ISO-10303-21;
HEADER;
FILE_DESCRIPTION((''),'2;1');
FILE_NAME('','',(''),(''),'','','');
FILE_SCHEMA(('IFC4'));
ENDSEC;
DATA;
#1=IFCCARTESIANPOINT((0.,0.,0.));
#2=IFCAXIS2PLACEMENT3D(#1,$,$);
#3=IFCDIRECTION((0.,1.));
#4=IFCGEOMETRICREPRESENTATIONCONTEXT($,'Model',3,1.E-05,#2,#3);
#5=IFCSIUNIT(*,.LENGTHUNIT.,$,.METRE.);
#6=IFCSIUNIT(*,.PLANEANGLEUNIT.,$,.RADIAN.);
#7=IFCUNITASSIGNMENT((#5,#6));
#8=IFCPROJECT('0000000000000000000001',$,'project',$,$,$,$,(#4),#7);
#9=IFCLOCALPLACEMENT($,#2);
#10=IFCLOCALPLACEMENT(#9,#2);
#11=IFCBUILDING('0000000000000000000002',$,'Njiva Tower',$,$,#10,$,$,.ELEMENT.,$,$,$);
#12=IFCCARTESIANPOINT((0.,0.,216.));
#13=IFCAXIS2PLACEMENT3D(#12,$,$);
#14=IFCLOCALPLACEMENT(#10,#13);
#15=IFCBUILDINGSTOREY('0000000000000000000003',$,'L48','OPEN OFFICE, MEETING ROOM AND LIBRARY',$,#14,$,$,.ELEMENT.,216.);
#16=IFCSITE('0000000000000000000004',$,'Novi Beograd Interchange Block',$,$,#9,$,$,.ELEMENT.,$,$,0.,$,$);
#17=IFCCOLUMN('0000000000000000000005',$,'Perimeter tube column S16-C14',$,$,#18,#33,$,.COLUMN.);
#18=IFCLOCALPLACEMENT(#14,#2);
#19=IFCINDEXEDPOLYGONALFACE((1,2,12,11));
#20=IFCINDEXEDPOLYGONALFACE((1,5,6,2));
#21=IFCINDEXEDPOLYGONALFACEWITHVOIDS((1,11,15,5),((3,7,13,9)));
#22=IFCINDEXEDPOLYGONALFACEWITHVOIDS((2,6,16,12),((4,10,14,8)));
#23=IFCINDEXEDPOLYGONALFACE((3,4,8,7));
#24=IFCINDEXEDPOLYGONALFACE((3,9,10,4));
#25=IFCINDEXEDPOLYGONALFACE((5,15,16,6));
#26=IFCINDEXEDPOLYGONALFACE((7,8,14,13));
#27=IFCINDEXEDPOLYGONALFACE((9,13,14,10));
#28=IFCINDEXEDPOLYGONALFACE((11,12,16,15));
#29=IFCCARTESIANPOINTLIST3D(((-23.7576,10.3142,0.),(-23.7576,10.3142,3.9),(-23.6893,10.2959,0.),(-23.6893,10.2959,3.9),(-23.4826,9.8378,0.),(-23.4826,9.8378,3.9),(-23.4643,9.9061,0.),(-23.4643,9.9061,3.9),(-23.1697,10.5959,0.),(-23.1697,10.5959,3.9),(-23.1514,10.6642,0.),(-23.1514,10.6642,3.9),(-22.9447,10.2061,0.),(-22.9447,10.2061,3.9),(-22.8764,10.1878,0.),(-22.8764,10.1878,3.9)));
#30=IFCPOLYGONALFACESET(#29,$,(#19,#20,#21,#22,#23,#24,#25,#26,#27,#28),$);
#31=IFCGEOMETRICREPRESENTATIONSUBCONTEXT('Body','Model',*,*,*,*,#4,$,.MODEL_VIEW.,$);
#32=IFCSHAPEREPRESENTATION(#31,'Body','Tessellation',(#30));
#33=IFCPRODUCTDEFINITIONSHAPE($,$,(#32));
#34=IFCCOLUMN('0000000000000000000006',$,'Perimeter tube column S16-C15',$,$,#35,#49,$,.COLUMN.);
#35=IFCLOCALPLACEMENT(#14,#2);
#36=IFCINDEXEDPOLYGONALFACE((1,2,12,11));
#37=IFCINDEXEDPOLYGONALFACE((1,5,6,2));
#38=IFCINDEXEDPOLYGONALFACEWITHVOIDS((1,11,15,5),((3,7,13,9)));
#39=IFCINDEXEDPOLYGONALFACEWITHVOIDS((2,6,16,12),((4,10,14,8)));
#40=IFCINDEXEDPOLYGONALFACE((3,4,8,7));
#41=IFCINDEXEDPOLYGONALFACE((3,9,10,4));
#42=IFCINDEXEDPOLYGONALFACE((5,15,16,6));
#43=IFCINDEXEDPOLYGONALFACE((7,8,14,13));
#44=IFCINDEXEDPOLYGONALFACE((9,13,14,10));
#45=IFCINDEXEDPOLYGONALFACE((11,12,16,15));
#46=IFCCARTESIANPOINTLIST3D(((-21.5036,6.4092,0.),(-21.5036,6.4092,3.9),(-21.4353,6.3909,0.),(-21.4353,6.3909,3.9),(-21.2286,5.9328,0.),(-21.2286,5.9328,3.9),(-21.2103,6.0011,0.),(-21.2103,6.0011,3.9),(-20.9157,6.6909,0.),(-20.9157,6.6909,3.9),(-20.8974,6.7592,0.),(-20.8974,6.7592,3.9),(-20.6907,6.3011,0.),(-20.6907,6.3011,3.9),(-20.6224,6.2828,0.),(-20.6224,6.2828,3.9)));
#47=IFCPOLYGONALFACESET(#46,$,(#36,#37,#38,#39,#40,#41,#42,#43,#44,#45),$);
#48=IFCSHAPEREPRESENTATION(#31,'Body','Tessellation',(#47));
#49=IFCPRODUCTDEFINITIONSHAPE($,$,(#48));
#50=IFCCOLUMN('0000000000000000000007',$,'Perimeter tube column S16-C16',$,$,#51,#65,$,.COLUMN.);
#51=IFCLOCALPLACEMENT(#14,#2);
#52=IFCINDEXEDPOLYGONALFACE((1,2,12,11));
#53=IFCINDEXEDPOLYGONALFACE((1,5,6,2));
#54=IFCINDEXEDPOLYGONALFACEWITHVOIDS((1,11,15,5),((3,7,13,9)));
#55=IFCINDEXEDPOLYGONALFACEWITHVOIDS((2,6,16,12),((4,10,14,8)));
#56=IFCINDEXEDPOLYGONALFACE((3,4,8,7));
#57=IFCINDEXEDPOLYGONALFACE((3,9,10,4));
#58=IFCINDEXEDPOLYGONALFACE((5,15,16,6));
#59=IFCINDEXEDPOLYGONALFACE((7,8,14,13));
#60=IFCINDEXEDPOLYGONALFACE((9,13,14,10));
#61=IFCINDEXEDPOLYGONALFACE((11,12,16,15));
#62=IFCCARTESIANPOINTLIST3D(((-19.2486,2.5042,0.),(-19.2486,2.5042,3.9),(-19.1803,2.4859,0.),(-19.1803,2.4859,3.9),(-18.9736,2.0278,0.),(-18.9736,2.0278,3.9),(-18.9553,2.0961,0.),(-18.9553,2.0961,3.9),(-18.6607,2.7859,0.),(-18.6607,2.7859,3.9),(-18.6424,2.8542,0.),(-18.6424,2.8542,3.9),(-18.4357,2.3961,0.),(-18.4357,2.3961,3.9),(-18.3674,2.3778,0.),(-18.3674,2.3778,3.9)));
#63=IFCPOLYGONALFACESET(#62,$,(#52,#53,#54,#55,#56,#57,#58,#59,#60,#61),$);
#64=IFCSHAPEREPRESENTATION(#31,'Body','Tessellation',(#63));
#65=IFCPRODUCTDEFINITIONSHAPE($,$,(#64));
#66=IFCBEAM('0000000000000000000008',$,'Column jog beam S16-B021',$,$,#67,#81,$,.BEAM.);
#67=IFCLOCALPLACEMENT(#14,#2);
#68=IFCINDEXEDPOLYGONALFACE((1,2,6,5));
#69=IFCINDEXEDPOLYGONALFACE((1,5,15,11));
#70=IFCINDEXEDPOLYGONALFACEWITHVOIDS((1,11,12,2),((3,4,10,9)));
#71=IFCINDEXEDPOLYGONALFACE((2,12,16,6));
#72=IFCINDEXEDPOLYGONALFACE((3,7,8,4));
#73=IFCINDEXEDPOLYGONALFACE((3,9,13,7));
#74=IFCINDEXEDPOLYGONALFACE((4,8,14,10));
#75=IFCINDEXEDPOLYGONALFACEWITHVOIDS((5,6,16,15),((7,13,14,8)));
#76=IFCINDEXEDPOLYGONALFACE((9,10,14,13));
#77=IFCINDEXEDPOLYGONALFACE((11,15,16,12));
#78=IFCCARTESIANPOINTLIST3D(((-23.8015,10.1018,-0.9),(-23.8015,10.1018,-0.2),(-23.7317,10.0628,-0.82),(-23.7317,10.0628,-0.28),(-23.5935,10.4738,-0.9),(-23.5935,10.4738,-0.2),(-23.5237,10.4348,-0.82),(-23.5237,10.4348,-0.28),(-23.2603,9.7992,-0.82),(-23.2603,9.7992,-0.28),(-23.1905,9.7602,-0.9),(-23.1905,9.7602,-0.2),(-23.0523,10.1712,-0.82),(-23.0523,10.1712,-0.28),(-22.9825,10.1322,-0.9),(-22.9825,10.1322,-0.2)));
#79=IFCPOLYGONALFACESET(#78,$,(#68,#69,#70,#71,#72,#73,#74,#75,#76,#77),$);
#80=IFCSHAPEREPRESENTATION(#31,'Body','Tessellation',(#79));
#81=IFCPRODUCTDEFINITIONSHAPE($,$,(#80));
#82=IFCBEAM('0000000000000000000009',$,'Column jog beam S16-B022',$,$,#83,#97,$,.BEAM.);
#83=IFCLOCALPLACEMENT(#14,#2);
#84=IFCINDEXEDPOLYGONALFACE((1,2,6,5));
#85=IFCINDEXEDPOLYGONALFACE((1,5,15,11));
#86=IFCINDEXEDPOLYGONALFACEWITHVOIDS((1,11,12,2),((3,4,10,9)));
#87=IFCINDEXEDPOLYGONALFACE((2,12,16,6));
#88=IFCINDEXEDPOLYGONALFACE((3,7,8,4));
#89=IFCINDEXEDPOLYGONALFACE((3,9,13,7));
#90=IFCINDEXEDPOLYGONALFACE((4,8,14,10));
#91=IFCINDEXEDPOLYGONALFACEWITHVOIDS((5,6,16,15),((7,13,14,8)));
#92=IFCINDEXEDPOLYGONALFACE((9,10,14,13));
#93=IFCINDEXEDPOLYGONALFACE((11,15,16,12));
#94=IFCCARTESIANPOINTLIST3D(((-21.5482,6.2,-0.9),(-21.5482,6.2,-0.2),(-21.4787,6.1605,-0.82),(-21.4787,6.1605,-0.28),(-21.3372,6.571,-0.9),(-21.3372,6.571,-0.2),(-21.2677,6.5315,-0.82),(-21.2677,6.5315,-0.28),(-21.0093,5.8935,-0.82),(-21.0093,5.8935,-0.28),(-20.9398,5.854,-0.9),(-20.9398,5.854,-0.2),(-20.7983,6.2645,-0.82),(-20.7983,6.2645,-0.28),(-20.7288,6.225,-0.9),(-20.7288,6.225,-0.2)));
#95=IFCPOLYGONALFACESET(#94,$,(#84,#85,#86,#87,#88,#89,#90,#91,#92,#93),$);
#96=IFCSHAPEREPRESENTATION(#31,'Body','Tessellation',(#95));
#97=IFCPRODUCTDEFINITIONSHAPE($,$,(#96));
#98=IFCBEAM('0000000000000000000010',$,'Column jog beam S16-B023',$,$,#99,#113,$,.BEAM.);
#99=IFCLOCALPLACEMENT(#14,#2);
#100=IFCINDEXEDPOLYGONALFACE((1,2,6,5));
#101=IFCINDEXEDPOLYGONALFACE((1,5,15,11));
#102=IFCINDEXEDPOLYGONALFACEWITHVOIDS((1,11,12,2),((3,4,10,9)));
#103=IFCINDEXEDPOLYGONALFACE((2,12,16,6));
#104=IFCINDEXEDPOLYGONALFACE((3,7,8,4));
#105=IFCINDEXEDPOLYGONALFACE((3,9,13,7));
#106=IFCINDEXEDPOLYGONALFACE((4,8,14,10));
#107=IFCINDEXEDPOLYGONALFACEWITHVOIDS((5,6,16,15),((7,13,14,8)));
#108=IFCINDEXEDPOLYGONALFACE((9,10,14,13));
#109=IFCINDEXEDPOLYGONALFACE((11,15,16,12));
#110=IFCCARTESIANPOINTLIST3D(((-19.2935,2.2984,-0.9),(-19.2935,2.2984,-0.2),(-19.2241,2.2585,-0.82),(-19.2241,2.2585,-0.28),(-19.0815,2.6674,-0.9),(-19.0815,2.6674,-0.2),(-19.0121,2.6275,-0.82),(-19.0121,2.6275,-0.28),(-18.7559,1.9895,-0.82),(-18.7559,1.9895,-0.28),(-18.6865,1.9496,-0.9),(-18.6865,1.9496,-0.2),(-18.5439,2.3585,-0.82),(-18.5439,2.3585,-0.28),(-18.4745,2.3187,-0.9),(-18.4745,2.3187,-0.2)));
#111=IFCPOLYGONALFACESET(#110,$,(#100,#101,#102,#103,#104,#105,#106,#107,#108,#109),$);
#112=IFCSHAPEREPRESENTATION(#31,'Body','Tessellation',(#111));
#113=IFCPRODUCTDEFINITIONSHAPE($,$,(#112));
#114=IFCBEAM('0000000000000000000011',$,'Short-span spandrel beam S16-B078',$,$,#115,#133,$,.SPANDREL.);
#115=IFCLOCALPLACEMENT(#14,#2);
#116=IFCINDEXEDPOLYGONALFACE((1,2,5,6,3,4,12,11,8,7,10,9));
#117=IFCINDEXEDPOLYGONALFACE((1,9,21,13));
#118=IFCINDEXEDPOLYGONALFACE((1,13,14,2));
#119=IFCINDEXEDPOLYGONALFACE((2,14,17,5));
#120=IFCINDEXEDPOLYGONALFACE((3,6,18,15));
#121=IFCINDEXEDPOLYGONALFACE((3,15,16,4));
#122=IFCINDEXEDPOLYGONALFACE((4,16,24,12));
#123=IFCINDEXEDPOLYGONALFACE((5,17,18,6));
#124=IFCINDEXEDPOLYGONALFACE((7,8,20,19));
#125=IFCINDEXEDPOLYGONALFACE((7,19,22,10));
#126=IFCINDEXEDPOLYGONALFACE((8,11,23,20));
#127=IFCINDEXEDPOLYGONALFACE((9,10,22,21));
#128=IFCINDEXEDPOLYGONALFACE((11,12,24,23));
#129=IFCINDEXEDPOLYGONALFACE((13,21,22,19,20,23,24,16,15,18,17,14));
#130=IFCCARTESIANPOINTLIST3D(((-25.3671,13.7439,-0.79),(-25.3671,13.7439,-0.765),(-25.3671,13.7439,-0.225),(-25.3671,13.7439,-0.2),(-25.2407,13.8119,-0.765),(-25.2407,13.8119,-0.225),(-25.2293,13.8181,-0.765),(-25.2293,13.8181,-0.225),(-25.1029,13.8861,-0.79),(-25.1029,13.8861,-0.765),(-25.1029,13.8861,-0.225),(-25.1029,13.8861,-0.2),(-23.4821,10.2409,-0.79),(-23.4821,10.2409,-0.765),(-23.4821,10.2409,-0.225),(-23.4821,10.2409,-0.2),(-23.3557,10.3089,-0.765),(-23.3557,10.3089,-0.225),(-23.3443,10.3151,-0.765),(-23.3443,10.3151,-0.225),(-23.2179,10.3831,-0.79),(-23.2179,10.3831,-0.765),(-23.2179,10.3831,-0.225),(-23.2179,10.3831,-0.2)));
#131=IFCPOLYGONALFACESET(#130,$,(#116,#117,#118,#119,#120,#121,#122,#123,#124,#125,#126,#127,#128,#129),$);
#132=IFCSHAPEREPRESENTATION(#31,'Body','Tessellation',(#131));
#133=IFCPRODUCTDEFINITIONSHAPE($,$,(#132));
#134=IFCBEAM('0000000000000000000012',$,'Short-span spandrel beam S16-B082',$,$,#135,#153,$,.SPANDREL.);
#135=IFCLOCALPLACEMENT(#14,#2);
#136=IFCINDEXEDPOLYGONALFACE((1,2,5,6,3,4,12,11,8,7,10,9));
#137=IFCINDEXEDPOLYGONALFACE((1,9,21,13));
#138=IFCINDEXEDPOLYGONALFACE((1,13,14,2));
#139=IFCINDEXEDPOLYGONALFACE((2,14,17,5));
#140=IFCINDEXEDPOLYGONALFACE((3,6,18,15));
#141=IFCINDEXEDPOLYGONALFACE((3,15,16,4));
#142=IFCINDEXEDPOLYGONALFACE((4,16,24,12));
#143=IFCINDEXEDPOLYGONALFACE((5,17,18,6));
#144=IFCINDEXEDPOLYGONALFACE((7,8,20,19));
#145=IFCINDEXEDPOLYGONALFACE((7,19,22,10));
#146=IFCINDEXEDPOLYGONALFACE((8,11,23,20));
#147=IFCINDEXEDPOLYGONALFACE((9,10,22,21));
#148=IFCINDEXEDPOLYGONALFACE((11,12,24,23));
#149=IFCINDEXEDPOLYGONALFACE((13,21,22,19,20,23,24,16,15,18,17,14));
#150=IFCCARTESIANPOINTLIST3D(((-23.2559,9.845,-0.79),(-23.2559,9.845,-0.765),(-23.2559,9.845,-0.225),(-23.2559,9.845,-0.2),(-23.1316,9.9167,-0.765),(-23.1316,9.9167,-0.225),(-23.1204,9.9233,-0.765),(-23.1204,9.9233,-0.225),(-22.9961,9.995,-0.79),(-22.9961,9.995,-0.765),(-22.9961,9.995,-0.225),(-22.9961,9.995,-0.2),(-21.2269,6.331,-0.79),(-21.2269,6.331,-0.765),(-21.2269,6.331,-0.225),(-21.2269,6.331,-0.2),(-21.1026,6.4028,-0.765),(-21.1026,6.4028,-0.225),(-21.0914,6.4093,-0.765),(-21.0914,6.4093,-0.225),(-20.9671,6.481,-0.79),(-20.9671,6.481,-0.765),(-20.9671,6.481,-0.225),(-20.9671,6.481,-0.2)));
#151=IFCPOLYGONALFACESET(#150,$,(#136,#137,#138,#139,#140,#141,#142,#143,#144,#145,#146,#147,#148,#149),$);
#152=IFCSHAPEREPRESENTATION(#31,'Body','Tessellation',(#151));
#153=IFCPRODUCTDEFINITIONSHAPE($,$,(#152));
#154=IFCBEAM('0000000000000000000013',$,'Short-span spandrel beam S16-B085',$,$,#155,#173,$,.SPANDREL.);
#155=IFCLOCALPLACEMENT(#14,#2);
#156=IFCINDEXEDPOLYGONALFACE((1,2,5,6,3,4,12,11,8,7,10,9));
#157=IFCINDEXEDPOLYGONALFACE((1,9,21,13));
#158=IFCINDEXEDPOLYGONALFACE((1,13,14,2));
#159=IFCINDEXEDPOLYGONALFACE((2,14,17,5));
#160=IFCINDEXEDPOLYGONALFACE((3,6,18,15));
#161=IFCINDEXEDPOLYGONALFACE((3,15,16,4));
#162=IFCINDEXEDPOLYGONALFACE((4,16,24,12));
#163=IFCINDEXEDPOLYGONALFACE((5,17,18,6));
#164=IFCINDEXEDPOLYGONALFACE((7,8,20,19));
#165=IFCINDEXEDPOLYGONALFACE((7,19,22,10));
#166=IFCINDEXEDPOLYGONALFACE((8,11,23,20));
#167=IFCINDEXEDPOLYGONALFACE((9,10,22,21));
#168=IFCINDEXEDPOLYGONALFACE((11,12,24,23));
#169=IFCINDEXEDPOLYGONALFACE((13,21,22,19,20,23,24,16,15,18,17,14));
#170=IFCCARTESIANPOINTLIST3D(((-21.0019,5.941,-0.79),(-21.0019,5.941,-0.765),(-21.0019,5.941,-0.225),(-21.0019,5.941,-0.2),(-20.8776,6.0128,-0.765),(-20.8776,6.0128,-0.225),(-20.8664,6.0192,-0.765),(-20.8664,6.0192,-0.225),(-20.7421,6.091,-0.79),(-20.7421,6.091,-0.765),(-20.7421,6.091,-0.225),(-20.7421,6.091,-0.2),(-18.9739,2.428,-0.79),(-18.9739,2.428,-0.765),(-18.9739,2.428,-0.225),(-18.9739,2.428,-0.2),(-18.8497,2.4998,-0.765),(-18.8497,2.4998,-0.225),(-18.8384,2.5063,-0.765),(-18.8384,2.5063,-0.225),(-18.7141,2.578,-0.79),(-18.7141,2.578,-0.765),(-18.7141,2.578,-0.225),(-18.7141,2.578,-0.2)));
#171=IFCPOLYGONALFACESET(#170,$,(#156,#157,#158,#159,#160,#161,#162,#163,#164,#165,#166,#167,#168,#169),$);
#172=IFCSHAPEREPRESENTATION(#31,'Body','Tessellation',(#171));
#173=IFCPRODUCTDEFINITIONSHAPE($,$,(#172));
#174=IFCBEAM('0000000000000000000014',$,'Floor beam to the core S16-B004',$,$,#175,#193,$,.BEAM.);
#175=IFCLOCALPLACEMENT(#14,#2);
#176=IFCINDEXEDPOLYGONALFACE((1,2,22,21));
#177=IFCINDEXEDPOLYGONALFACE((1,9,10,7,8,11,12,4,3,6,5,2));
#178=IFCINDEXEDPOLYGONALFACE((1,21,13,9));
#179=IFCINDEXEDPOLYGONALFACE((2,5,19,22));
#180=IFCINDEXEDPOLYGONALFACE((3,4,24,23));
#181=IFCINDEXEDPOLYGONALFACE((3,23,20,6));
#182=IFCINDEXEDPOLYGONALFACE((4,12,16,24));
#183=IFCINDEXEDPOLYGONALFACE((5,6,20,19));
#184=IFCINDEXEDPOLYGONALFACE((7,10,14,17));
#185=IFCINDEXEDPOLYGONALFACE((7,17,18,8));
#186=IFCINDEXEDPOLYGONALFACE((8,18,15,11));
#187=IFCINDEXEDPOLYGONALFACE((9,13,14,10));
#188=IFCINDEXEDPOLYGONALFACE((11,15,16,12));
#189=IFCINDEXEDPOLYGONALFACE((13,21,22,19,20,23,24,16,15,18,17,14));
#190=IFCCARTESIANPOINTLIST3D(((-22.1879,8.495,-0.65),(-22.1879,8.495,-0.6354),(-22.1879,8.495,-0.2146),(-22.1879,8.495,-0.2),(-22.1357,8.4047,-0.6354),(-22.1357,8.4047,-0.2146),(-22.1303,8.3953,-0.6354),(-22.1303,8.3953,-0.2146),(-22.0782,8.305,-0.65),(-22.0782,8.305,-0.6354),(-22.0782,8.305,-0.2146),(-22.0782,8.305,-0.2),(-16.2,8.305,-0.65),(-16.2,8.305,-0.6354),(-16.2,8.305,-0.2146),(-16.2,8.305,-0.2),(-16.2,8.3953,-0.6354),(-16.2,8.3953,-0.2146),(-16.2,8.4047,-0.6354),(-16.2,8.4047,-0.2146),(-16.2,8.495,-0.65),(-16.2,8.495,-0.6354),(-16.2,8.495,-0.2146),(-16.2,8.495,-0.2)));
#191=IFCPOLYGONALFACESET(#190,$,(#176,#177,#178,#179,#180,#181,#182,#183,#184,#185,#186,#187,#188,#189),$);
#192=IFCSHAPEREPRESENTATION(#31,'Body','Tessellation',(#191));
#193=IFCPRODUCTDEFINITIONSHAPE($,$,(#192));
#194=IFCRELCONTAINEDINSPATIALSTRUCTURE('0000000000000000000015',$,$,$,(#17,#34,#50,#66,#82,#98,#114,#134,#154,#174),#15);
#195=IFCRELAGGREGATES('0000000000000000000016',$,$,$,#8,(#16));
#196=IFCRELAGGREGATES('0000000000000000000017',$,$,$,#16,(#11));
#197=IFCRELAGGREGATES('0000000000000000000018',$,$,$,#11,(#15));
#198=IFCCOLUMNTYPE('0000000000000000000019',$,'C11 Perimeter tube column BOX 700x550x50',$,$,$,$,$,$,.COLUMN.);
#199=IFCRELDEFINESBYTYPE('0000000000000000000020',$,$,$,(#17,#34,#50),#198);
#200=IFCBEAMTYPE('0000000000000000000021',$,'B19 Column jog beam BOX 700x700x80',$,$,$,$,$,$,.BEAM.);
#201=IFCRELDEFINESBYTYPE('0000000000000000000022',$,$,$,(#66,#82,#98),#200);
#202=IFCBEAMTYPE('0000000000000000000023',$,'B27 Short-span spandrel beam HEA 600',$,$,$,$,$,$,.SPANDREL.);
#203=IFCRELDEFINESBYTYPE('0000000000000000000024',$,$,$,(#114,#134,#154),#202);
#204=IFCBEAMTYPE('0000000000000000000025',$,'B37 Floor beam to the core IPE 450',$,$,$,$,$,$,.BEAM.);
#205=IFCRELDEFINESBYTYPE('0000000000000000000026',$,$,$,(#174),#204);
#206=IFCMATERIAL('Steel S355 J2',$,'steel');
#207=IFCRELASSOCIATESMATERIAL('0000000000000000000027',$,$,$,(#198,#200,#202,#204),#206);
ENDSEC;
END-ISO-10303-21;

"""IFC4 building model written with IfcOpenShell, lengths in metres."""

from ifc_helpers import new_model, si_unit, direction, frame, origin, origin_2d, place, context, subcontext, project, spatial, hollow_rectangle, i_section, extrude, clip, halfspace, material, material_profile, profile_set, type_object, element, save


model = new_model("IFC4")

# Units and contexts
model_context = context("Model", 3, precision=1e-05, world=origin(), true_north=direction((0.0, 1.0)))
body_context = subcontext(model_context, "Body", "Model", "MODEL_VIEW")
ifc_project = project(units=[si_unit("LENGTHUNIT", "METRE"), si_unit("PLANEANGLEUNIT", "RADIAN")], contexts=[model_context])

# Site, building, storey
site_placement = place(None, origin())
site = spatial("IfcSite", under=ifc_project, at=site_placement, Name="Novi Beograd Interchange Block", CompositionType="ELEMENT", RefElevation=0.0)
building_placement = place(site_placement, origin())
building = spatial("IfcBuilding", under=site, at=building_placement, Name="Njiva Tower", CompositionType="ELEMENT")
storey_placement = place(building_placement, frame((0.0, 0.0, 216.0)))
storey = spatial("IfcBuildingStorey", under=building, at=storey_placement, Name="L48", Description="OPEN OFFICE, MEETING ROOM AND LIBRARY", CompositionType="ELEMENT", Elevation=216.0)

# Columns
ifc_material_1 = material(Name="Steel S355 J2", Category="steel")
ifc_material_profile_1 = material_profile(ifc_material_1, hollow_rectangle(XDim=0.55, YDim=0.7, WallThickness=0.05, at=origin_2d()), Name="BOX 700x550x50")
ifc_profile_set_1 = profile_set([ifc_material_profile_1], Name="Steel S355 J2")
column_type = type_object("IfcColumnType", Name="C11 Perimeter tube column BOX 700x550x50", PredefinedType="COLUMN", material=ifc_profile_set_1)
for number, where, z_axis, x_axis, name in (
    (1, (-23.317, 10.251, 0.0), (0.0, 0.0, 1.0), (0.5, -0.866025, 0.0), "Perimeter tube column S16-C14"),
    (2, (-21.063, 6.346, 0.0), (0.0, 0.0, 1.0), (0.5, -0.866025, 0.0), "Perimeter tube column S16-C15"),
    (3, (-18.808, 2.441, 0.0), (0.0, 0.0, 1.0), (0.5, -0.866025, 0.0), "Perimeter tube column S16-C16"),
):
    element("IfcColumn", number, at=place(storey_placement, frame(where, z_axis=z_axis, x_axis=x_axis)), inside=storey, type_object=column_type, Name=name, PredefinedType="COLUMN", context=body_context, shape_type="SweptSolid", body=[
        extrude(hollow_rectangle(XDim=0.55, YDim=0.7, WallThickness=0.05, at=origin_2d()), origin(), (0.0, 0.0, 1.0), 3.9),
    ])

# Beams
ifc_material_profile_2 = material_profile(ifc_material_1, hollow_rectangle(XDim=0.7, YDim=0.7, WallThickness=0.08, at=origin_2d()), Name="BOX 700x700x80")
ifc_profile_set_2 = profile_set([ifc_material_profile_2], Name="Steel S355 J2")
beam_type_1 = type_object("IfcBeamType", Name="B19 Column jog beam BOX 700x700x80", PredefinedType="BEAM", material=ifc_profile_set_2)
beam_1_placement = place(storey_placement, frame((-23.496, 9.931, -0.55), z_axis=(0.488032, 0.872826, 0.0), x_axis=(-0.872826, 0.488032, 0.0)))
element("IfcBeam", 4, at=beam_1_placement, inside=storey, type_object=beam_type_1, Name="Column jog beam S16-B021", PredefinedType="BEAM", context=body_context, shape_type="SweptSolid", body=[
    extrude(hollow_rectangle(XDim=0.7, YDim=0.7, WallThickness=0.08, at=origin_2d()), origin(), (0.0, 0.0, 1.0), 0.4262),
])
beam_2_placement = place(storey_placement, frame((-21.244, 6.027, -0.55), z_axis=(0.494372, 0.869251, 0.0), x_axis=(-0.869251, 0.494372, 0.0)))
element("IfcBeam", 5, at=beam_2_placement, inside=storey, type_object=beam_type_1, Name="Column jog beam S16-B022", PredefinedType="BEAM", context=body_context, shape_type="SweptSolid", body=[
    extrude(hollow_rectangle(XDim=0.7, YDim=0.7, WallThickness=0.08, at=origin_2d()), origin(), (0.0, 0.0, 1.0), 0.4268),
])
beam_3_placement = place(storey_placement, frame((-18.99, 2.124, -0.55), z_axis=(0.498162, 0.867084, 0.0), x_axis=(-0.867084, 0.498162, 0.0)))
element("IfcBeam", 6, at=beam_3_placement, inside=storey, type_object=beam_type_1, Name="Column jog beam S16-B023", PredefinedType="BEAM", context=body_context, shape_type="SweptSolid", body=[
    extrude(hollow_rectangle(XDim=0.7, YDim=0.7, WallThickness=0.08, at=origin_2d()), origin(), (0.0, 0.0, 1.0), 0.4256),
])
ifc_material_profile_3 = material_profile(ifc_material_1, i_section(OverallWidth=0.3, OverallDepth=0.59, WebThickness=0.013, FlangeThickness=0.025, at=origin_2d()), Name="HEA 600")
ifc_profile_set_3 = profile_set([ifc_material_profile_3], Name="Steel S355 J2")
beam_type_2 = type_object("IfcBeamType", Name="B27 Short-span spandrel beam HEA 600", PredefinedType="SPANDREL", material=ifc_profile_set_3)
beam_4_placement = place(storey_placement, frame((-25.235, 13.815, -0.495), z_axis=(0.47386, -0.8806, 0.0), x_axis=(0.8806, 0.47386, 0.0)))
element("IfcBeam", 7, at=beam_4_placement, inside=storey, type_object=beam_type_2, Name="Short-span spandrel beam S16-B078", PredefinedType="SPANDREL", context=body_context, shape_type="SweptSolid", body=[
    extrude(i_section(OverallWidth=0.3, OverallDepth=0.59, WebThickness=0.013, FlangeThickness=0.025, at=origin_2d()), origin(), (0.0, 0.0, 1.0), 3.978),
])
beam_5_placement = place(storey_placement, frame((-23.126, 9.92, -0.495), z_axis=(0.500035, -0.866005, 0.0), x_axis=(0.866005, 0.500035, 0.0)))
element("IfcBeam", 8, at=beam_5_placement, inside=storey, type_object=beam_type_2, Name="Short-span spandrel beam S16-B082", PredefinedType="SPANDREL", context=body_context, shape_type="SweptSolid", body=[
    extrude(i_section(OverallWidth=0.3, OverallDepth=0.59, WebThickness=0.013, FlangeThickness=0.025, at=origin_2d()), origin(), (0.0, 0.0, 1.0), 4.0577),
])
beam_6_placement = place(storey_placement, frame((-20.872, 6.016, -0.495), z_axis=(0.499957, -0.86605, 0.0), x_axis=(0.86605, 0.499957, 0.0)))
element("IfcBeam", 9, at=beam_6_placement, inside=storey, type_object=beam_type_2, Name="Short-span spandrel beam S16-B085", PredefinedType="SPANDREL", context=body_context, shape_type="SweptSolid", body=[
    extrude(i_section(OverallWidth=0.3, OverallDepth=0.59, WebThickness=0.013, FlangeThickness=0.025, at=origin_2d()), origin(), (0.0, 0.0, 1.0), 4.0563),
])
ifc_material_profile_4 = material_profile(ifc_material_1, i_section(OverallWidth=0.19, OverallDepth=0.45, WebThickness=0.0094, FlangeThickness=0.0146, at=origin_2d()), Name="IPE 450")
ifc_profile_set_4 = profile_set([ifc_material_profile_4], Name="Steel S355 J2")
beam_type_3 = type_object("IfcBeamType", Name="B37 Floor beam to the core IPE 450", PredefinedType="BEAM", material=ifc_profile_set_4)
beam_7_placement = place(storey_placement, frame((-22.208, 8.4, -0.425), z_axis=(1.0, 0.0, 0.0), x_axis=(0.0, 1.0, 0.0)))
element("IfcBeam", 10, at=beam_7_placement, inside=storey, type_object=beam_type_3, Name="Floor beam to the core S16-B004", PredefinedType="BEAM", context=body_context, shape_type="Clipping", body=[
    clip(extrude(i_section(OverallWidth=0.19, OverallDepth=0.45, WebThickness=0.0094, FlangeThickness=0.0146, at=origin_2d()), origin(), (0.0, 0.0, 1.0), 6.008), halfspace(frame((-0.025, 0.0, 0.0894), z_axis=(-0.499998, 0.0, -0.866027), x_axis=(0.0, -1.0, 0.0)), False)),
])

save(model, "model.ifc")
